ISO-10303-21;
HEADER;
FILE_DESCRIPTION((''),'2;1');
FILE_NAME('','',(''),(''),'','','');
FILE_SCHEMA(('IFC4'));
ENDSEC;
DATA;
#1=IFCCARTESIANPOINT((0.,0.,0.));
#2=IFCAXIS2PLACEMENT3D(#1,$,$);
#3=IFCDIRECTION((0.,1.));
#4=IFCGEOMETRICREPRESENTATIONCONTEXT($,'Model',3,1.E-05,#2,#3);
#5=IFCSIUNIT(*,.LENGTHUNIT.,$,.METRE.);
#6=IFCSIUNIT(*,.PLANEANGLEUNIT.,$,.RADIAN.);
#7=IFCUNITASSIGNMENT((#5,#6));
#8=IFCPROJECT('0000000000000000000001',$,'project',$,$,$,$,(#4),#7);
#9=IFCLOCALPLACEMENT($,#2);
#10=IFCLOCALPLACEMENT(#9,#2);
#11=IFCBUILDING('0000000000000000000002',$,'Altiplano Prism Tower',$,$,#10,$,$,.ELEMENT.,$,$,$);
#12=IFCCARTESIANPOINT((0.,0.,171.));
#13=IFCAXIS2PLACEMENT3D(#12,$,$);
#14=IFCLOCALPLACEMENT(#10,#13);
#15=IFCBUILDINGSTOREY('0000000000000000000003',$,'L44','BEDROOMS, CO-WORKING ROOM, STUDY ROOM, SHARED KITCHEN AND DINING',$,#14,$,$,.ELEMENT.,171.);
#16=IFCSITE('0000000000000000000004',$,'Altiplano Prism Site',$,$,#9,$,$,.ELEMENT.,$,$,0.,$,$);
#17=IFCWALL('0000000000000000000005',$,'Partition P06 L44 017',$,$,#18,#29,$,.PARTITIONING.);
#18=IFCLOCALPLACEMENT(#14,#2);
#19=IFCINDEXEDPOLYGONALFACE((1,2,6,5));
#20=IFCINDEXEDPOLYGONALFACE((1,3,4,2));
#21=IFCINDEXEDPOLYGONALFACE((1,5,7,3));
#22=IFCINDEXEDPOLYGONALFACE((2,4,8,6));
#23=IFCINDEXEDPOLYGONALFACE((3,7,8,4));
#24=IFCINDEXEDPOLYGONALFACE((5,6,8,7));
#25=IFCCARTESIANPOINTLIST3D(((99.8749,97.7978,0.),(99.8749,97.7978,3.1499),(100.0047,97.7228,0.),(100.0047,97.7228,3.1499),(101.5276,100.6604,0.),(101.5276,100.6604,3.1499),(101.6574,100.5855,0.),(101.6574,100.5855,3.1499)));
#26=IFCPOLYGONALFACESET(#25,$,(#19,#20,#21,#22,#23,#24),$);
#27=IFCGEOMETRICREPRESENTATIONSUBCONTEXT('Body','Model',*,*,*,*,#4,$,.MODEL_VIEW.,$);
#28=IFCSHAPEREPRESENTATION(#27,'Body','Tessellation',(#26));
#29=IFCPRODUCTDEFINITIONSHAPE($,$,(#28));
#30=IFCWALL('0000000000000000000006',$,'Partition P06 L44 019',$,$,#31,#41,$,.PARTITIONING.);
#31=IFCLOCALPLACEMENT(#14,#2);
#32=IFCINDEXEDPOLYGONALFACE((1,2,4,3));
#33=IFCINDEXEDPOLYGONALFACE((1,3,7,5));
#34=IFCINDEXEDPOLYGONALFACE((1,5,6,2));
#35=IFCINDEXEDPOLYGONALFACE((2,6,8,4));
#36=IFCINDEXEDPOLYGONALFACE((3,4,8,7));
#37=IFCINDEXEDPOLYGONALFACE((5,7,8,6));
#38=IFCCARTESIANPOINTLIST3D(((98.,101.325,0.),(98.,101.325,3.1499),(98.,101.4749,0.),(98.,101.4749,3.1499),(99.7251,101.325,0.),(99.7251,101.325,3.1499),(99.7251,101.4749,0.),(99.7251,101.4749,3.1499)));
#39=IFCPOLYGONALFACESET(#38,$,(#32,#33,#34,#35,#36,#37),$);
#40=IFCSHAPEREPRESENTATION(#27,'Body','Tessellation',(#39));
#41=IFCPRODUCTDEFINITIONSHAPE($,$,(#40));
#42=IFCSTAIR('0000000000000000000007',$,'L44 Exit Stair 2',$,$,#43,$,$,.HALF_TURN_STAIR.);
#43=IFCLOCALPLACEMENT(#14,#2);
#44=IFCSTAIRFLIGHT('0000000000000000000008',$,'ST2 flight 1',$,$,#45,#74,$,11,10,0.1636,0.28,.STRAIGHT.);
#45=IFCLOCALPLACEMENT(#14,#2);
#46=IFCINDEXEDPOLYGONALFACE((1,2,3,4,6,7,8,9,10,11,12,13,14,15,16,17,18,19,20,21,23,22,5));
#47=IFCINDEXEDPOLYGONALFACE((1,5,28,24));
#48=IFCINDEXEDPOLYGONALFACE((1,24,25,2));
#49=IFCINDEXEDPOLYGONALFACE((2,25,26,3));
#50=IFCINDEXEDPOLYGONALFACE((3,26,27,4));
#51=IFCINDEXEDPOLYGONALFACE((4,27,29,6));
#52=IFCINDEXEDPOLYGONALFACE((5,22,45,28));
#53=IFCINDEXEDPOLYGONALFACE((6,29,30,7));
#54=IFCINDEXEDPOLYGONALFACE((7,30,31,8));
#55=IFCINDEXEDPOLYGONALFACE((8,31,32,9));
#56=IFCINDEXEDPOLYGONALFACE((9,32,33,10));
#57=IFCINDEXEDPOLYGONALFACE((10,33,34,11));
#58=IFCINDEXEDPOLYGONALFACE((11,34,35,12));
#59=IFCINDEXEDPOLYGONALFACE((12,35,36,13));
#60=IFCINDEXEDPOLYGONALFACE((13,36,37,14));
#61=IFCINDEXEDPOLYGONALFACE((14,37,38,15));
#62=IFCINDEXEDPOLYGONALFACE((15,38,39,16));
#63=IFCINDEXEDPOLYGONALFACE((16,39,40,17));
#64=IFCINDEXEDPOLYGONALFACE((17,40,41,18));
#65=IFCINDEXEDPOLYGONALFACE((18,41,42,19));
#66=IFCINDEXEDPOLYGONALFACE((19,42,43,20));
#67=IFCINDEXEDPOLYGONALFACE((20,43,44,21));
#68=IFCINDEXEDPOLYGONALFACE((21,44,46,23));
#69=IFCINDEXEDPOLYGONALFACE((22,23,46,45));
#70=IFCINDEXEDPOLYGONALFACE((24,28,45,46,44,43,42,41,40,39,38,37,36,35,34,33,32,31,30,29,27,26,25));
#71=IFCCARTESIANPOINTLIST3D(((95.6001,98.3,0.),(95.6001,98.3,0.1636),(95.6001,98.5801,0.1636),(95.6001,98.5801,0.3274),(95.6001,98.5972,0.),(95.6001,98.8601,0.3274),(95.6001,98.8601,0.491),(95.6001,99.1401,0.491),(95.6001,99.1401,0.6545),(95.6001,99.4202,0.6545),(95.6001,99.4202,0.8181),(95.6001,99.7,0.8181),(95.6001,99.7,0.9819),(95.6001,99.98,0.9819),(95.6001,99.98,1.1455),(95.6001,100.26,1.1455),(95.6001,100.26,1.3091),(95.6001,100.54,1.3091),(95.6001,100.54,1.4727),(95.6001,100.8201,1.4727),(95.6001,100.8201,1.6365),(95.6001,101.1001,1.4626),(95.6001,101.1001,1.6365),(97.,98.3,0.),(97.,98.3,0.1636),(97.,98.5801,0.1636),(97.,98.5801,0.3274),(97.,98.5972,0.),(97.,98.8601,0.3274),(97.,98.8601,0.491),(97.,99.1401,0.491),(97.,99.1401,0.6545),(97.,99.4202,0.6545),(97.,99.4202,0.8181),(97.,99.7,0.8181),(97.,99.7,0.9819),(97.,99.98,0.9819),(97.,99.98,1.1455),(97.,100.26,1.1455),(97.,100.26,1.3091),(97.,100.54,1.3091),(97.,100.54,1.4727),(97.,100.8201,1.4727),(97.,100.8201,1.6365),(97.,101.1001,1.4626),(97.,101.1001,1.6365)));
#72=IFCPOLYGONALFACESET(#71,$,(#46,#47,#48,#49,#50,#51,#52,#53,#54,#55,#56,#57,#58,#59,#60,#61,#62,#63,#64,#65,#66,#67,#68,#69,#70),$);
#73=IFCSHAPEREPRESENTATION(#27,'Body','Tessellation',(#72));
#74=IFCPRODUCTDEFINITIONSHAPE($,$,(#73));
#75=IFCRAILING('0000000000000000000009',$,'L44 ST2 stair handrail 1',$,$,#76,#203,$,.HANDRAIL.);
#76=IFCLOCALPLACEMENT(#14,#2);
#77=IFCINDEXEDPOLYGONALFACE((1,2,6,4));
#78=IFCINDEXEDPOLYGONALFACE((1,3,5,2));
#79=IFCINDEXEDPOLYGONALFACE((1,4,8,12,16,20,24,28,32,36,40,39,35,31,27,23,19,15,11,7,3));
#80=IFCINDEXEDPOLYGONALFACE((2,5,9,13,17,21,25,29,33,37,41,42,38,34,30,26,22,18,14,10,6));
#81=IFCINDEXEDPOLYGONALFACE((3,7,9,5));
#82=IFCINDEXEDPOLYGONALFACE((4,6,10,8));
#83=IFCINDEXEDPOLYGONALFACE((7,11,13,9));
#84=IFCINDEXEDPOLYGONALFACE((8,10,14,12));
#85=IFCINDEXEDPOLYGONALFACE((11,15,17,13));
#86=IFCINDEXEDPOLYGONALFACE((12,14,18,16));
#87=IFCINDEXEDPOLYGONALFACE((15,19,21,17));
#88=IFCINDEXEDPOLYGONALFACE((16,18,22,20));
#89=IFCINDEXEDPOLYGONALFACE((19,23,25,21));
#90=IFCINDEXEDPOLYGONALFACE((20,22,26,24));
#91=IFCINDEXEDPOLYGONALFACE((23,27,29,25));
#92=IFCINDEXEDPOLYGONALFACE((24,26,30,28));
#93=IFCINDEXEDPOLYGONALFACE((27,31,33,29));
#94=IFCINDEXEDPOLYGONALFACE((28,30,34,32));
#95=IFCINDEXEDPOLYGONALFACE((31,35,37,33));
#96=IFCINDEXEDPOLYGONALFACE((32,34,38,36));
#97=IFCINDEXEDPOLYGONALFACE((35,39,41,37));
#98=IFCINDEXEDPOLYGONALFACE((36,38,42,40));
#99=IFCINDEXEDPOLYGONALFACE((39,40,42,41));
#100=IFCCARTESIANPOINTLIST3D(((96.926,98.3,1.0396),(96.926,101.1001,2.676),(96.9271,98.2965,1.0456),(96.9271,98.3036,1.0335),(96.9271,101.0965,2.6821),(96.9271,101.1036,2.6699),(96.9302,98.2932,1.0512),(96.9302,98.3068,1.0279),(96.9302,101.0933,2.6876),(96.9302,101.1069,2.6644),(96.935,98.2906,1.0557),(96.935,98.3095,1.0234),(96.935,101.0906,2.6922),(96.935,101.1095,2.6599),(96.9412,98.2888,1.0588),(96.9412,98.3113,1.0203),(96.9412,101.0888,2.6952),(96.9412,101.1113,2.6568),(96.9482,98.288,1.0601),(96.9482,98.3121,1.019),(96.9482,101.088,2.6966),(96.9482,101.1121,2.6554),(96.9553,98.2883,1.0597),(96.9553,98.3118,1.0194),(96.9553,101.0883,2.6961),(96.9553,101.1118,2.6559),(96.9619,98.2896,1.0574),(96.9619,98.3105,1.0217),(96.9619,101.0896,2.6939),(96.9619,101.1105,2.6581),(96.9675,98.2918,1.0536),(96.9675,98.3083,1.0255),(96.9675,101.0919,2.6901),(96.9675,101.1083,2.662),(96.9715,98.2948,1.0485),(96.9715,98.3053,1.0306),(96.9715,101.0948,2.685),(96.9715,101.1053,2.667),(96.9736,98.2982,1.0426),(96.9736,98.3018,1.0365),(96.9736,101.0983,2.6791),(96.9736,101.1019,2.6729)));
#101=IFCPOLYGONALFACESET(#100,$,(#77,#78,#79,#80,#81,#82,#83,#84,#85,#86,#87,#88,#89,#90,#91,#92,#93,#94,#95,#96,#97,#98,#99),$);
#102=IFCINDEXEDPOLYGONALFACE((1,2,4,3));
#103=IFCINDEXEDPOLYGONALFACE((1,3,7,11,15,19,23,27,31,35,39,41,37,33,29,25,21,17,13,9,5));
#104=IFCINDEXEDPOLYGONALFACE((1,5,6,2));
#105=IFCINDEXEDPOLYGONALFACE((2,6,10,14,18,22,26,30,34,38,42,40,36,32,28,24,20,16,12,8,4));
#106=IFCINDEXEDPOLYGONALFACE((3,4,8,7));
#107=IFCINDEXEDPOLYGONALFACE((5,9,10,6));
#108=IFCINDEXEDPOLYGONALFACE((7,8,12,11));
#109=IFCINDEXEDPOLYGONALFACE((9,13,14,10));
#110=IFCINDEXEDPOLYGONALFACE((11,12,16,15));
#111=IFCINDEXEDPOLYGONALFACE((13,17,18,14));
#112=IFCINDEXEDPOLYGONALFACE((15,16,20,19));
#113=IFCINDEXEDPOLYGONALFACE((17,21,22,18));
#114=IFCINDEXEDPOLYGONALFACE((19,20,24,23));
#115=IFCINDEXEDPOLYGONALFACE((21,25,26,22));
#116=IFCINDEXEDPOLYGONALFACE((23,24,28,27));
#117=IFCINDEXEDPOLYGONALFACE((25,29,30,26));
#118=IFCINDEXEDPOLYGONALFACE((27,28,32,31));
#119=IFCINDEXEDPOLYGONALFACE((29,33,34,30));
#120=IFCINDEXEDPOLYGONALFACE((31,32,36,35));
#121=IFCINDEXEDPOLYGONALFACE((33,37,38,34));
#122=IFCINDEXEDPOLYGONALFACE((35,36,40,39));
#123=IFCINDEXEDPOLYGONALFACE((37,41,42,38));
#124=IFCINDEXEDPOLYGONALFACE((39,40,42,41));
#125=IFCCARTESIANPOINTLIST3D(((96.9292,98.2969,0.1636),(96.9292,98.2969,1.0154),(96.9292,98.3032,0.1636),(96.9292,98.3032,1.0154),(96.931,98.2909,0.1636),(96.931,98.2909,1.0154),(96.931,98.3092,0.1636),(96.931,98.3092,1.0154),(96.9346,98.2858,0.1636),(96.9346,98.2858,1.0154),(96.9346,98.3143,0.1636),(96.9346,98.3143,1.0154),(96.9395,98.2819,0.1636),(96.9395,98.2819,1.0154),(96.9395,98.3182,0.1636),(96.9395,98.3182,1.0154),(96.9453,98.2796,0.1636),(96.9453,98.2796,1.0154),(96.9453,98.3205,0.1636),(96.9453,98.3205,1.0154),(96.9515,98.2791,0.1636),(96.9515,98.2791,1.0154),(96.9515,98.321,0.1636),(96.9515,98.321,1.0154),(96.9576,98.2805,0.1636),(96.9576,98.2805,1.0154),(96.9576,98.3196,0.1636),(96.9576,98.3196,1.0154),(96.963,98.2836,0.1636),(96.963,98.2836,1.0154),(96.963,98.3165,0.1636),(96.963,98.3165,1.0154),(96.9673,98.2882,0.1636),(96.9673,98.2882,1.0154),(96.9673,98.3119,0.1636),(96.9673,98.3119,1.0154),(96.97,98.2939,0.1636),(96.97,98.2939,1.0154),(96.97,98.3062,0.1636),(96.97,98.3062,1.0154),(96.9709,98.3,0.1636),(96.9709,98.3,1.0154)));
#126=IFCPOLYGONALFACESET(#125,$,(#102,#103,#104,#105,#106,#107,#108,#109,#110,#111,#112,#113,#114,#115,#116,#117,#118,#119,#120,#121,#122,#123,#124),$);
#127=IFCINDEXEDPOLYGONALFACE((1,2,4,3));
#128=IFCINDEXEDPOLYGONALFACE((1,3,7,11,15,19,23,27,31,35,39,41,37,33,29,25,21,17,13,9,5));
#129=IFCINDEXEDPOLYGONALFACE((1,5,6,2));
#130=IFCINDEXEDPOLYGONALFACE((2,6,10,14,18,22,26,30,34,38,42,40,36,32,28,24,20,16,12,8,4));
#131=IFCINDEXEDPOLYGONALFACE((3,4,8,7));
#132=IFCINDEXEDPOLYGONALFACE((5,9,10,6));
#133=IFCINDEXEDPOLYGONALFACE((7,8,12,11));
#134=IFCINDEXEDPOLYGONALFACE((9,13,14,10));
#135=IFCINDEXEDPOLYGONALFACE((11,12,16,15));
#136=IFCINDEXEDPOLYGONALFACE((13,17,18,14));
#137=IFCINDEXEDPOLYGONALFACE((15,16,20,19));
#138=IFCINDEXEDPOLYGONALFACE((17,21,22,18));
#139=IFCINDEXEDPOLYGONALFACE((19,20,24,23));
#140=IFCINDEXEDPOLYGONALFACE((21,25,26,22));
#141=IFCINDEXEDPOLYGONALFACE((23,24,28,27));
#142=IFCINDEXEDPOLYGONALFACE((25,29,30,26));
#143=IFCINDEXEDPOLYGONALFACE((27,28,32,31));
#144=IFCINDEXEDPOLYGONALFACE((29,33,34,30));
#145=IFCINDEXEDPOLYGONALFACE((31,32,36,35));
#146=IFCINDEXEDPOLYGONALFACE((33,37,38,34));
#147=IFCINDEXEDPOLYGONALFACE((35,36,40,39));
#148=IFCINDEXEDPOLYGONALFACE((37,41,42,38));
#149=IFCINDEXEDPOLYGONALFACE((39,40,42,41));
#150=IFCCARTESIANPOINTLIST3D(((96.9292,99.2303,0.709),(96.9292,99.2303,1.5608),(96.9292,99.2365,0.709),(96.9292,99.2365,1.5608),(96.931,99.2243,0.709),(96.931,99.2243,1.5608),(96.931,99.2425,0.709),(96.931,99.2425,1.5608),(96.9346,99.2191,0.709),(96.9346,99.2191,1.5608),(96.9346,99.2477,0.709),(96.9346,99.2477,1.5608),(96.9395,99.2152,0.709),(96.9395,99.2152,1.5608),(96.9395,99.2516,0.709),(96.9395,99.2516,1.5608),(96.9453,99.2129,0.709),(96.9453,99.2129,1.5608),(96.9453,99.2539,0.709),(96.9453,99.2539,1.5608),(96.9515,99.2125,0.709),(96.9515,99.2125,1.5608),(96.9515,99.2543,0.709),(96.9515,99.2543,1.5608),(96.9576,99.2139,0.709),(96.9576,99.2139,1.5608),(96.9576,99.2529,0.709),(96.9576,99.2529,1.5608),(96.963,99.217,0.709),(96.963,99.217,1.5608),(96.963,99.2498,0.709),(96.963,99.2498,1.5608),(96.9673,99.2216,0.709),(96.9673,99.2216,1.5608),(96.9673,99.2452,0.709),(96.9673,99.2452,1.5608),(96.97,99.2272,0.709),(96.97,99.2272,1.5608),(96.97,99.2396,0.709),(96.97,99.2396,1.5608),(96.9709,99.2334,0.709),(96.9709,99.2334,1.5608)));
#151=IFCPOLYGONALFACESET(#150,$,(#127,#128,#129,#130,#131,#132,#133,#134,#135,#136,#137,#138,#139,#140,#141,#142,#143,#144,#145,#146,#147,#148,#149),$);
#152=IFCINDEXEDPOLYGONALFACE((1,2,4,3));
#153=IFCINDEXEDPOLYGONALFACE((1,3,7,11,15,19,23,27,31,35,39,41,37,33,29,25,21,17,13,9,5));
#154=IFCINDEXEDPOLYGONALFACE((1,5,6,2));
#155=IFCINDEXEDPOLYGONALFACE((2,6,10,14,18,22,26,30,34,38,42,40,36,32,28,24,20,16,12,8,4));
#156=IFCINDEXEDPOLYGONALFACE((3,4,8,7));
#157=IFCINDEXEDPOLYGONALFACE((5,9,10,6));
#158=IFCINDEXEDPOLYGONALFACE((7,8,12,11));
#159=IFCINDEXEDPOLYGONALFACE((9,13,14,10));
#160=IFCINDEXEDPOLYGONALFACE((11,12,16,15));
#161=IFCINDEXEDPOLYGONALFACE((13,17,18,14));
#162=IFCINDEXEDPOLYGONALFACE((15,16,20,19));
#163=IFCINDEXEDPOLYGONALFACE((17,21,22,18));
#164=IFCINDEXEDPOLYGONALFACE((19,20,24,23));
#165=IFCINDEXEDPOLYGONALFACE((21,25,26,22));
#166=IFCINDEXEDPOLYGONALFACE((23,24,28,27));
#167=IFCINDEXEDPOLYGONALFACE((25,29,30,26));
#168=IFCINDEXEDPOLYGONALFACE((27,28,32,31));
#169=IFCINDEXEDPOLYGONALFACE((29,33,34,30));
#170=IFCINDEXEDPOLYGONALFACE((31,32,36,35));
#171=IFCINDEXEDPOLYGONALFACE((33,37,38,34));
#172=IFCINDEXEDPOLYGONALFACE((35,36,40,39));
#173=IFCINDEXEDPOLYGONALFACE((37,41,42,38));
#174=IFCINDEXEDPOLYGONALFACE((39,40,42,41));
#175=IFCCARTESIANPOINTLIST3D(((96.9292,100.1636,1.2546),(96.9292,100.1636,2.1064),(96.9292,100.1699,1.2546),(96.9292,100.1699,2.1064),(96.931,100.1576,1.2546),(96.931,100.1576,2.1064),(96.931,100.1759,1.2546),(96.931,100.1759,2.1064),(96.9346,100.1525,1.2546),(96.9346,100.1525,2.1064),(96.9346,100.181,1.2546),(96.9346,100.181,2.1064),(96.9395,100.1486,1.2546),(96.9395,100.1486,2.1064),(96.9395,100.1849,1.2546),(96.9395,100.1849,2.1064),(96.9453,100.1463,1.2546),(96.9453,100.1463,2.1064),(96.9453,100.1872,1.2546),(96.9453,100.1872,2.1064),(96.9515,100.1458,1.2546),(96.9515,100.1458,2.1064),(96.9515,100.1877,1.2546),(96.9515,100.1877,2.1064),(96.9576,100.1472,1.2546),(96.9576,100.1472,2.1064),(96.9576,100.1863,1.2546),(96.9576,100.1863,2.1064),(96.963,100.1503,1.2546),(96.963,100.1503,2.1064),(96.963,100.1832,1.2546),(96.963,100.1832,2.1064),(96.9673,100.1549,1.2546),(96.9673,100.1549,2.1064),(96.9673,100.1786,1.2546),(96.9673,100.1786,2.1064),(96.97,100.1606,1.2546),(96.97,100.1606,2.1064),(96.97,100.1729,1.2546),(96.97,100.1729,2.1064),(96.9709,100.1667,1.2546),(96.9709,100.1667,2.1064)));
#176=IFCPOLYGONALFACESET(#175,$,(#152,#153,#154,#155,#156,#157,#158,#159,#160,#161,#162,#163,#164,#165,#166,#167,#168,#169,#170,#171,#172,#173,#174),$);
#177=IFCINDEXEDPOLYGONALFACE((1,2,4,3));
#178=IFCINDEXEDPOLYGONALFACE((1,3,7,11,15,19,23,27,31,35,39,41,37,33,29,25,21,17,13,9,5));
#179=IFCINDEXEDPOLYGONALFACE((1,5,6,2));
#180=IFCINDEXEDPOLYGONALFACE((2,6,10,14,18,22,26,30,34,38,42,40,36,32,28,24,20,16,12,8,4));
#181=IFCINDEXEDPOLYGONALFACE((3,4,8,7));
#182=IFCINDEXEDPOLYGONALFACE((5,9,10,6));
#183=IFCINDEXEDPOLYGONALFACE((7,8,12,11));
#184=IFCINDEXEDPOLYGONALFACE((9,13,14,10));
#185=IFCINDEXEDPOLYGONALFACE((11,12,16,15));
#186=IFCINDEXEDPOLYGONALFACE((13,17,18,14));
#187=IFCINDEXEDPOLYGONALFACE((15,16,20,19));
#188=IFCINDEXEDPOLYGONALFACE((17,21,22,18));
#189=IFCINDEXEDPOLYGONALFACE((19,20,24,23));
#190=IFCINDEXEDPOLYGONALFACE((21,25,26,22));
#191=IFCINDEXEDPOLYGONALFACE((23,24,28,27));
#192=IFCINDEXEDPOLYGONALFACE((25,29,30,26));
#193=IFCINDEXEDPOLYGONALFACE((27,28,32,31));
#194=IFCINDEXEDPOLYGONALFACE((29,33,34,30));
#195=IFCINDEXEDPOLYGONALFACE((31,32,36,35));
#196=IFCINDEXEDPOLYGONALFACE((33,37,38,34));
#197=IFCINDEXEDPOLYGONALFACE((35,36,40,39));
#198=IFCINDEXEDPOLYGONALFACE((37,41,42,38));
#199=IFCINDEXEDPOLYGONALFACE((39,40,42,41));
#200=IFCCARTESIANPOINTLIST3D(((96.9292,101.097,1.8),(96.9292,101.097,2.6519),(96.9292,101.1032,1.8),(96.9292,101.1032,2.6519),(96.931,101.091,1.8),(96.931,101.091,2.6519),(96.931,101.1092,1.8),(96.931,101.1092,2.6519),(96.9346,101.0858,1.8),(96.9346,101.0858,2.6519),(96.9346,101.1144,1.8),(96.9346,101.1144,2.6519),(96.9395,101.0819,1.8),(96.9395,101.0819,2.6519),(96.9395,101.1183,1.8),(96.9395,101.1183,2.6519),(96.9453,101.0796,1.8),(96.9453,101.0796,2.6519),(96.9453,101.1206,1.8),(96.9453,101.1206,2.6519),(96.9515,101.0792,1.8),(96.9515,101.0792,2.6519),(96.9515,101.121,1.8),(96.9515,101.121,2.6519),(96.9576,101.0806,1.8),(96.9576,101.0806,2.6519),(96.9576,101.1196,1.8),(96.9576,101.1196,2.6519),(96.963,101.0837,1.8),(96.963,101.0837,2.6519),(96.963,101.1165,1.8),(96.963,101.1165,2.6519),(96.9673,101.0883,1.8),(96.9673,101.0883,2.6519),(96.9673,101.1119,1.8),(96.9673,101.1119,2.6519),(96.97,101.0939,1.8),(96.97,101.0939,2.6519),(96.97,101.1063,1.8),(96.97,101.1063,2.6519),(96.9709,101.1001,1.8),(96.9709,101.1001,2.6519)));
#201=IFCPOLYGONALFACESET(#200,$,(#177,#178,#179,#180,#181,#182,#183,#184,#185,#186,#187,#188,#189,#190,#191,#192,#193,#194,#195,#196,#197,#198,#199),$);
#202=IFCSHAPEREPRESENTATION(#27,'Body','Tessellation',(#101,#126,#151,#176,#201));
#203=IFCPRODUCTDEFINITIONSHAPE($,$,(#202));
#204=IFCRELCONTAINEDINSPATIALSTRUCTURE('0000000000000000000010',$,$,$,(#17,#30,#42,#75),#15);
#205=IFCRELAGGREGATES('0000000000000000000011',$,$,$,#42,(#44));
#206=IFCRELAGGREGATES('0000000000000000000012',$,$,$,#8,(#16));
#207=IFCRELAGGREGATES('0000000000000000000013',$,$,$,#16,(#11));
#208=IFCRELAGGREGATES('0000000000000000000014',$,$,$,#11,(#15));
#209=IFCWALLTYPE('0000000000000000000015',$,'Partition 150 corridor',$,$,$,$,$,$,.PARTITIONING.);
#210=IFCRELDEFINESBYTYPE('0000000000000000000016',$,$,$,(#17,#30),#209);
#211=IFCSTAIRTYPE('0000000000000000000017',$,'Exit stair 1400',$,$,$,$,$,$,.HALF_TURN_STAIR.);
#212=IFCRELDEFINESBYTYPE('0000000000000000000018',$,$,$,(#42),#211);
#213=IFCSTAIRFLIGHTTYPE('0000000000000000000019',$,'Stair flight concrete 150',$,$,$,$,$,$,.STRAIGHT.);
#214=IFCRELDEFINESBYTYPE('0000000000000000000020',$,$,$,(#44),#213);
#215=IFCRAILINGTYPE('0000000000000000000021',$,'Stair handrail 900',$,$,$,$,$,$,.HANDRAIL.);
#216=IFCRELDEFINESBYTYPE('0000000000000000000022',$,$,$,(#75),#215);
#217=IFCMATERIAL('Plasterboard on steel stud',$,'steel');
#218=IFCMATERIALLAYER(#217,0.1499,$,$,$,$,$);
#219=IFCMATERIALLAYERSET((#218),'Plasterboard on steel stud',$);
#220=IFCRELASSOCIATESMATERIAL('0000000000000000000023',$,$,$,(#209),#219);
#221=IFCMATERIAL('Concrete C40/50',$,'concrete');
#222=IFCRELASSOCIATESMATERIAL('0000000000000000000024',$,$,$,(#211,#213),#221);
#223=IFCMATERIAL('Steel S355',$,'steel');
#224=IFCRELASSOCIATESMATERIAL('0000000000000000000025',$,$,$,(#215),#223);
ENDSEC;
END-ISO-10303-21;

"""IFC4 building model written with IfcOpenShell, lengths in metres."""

from ifc_helpers import new_model, si_unit, direction, frame, frame_2d, origin, origin_2d, place, context, subcontext, project, spatial, polyline, rectangle, circle, outline, extrude, material, layer, layer_set, type_object, element, aggregate, save


model = new_model("IFC4")

# Units and contexts
model_context = context("Model", 3, precision=1e-05, world=origin(), true_north=direction((0.0, 1.0)))
body_context = subcontext(model_context, "Body", "Model", "MODEL_VIEW")
ifc_project = project(units=[si_unit("LENGTHUNIT", "METRE"), si_unit("PLANEANGLEUNIT", "RADIAN")], contexts=[model_context])

# Site, building, storey
site_placement = place(None, origin())
site = spatial("IfcSite", under=ifc_project, at=site_placement, Name="Altiplano Prism Site", CompositionType="ELEMENT", RefElevation=0.0)
building_placement = place(site_placement, origin())
building = spatial("IfcBuilding", under=site, at=building_placement, Name="Altiplano Prism Tower", CompositionType="ELEMENT")
storey_placement = place(building_placement, frame((0.0, 0.0, 171.0)))
storey = spatial("IfcBuildingStorey", under=building, at=storey_placement, Name="L44", Description="BEDROOMS, CO-WORKING ROOM, STUDY ROOM, SHARED KITCHEN AND DINING", CompositionType="ELEMENT", Elevation=171.0)

# Walls
ifc_material_1 = material(Name="Plasterboard on steel stud", Category="steel")
ifc_layer_1 = layer(ifc_material_1, 0.1499)
ifc_layer_set_1 = layer_set([ifc_layer_1], Name="Plasterboard on steel stud")
wall_type_1 = type_object("IfcWallType", Name="Partition 150 corridor", PredefinedType="PARTITIONING", material=ifc_layer_set_1)
wall_1_placement = place(storey_placement, frame((101.5925, 100.623, 0.0), z_axis=(0.0, 0.0, 1.0), x_axis=(-0.499976, -0.866039, 0.0)))
element("IfcWall", 1, at=wall_1_placement, inside=storey, type_object=wall_type_1, Name="Partition P06 L44 017", PredefinedType="PARTITIONING", context=body_context, shape_type="SweptSolid", body=[
    extrude(rectangle(XDim=3.3054, YDim=0.1499, at=frame_2d((1.6528, 0.0))), origin(), (0.0, 0.0, 1.0), 3.1499),
])
wall_2_placement = place(storey_placement, frame((99.7251, 101.3999, 0.0), z_axis=(0.0, 0.0, 1.0), x_axis=(-1.0, 0.0, 0.0)))
element("IfcWall", 2, at=wall_2_placement, inside=storey, type_object=wall_type_1, Name="Partition P06 L44 019", PredefinedType="PARTITIONING", context=body_context, shape_type="SweptSolid", body=[
    extrude(rectangle(XDim=1.7251, YDim=0.1499, at=frame_2d((0.8625, 0.0))), origin(), (0.0, 0.0, 1.0), 3.1499),
])

# Stair, stair flight
ifc_material_2 = material(Name="Concrete C40/50", Category="concrete")
stair_type = type_object("IfcStairType", Name="Exit stair 1400", PredefinedType="HALF_TURN_STAIR", material=ifc_material_2)
stair_placement = place(storey_placement, origin())
stair = element("IfcStair", 3, at=stair_placement, inside=storey, type_object=stair_type, Name="L44 Exit Stair 2", PredefinedType="HALF_TURN_STAIR")
stair_flight_type = type_object("IfcStairFlightType", Name="Stair flight concrete 150", PredefinedType="STRAIGHT", material=ifc_material_2)
stair_flight_placement = place(storey_placement, frame((96.3, 98.3, 0.0), z_axis=(0.0, 0.0, 1.0), x_axis=(0.0, 1.0, 0.0)))
stair_flight = element("IfcStairFlight", 4, at=stair_flight_placement, type_object=stair_flight_type, Name="ST2 flight 1", NumberOfRisers=11, NumberOfTreads=10, PredefinedType="STRAIGHT", RiserHeight=0.1636, TreadLength=0.28, context=body_context, shape_type="SweptSolid", body=[
    extrude(outline(polyline([(0.0, 0.0), (0.0, 0.1636), (0.28, 0.1636), (0.28, 0.3274), (0.5601, 0.3274), (0.5601, 0.491), (0.8401, 0.491), (0.8401, 0.6545), (1.1201, 0.6545), (1.1201, 0.8181), (1.3999, 0.8181), (1.3999, 0.9819), (1.6799, 0.9819), (1.6799, 1.1455), (1.96, 1.1455), (1.96, 1.3091), (2.24, 1.3091), (2.24, 1.4727), (2.52, 1.4727), (2.52, 1.6365), (2.8, 1.6365), (2.8, 1.8), (2.8, 1.4626), (0.2971, 0.0), (0.0, 0.0)])), frame((0.0, 0.7, 0.0), z_axis=(0.0, -1.0, 0.0), x_axis=(1.0, 0.0, 0.0)), (0.0, 0.0, 1.0), 1.3999),
])
aggregate(stair, [stair_flight])

# Railing
ifc_material_3 = material(Name="Steel S355", Category="steel")
railing_type_1 = type_object("IfcRailingType", Name="Stair handrail 900", PredefinedType="HANDRAIL", material=ifc_material_3)
railing_1_placement = place(storey_placement, frame((96.95, 98.3, 0.1636)))
element("IfcRailing", 5, at=railing_1_placement, inside=storey, type_object=railing_type_1, Name="L44 ST2 stair handrail 1", PredefinedType="HANDRAIL", context=body_context, shape_type="SweptSolid", body=[
    extrude(circle(Radius=0.0239, at=origin_2d()), frame((0.0, 0.0, 0.876), z_axis=(0.0, 0.863361, 0.504587), x_axis=(-1.0, 0.0, 0.0)), (0.0, 0.0, 1.0), 3.2432),
    extrude(circle(Radius=0.021, at=origin_2d()), origin(), (0.0, 0.0, 1.0), 0.8518),
    extrude(circle(Radius=0.021, at=origin_2d()), frame((0.0, 0.9333, 0.5454)), (0.0, 0.0, 1.0), 0.8518),
    extrude(circle(Radius=0.021, at=origin_2d()), frame((0.0, 1.8667, 1.0911)), (0.0, 0.0, 1.0), 0.8518),
    extrude(circle(Radius=0.021, at=origin_2d()), frame((0.0, 2.8, 1.6365)), (0.0, 0.0, 1.0), 0.8518),
])

save(model, "model.ifc")
